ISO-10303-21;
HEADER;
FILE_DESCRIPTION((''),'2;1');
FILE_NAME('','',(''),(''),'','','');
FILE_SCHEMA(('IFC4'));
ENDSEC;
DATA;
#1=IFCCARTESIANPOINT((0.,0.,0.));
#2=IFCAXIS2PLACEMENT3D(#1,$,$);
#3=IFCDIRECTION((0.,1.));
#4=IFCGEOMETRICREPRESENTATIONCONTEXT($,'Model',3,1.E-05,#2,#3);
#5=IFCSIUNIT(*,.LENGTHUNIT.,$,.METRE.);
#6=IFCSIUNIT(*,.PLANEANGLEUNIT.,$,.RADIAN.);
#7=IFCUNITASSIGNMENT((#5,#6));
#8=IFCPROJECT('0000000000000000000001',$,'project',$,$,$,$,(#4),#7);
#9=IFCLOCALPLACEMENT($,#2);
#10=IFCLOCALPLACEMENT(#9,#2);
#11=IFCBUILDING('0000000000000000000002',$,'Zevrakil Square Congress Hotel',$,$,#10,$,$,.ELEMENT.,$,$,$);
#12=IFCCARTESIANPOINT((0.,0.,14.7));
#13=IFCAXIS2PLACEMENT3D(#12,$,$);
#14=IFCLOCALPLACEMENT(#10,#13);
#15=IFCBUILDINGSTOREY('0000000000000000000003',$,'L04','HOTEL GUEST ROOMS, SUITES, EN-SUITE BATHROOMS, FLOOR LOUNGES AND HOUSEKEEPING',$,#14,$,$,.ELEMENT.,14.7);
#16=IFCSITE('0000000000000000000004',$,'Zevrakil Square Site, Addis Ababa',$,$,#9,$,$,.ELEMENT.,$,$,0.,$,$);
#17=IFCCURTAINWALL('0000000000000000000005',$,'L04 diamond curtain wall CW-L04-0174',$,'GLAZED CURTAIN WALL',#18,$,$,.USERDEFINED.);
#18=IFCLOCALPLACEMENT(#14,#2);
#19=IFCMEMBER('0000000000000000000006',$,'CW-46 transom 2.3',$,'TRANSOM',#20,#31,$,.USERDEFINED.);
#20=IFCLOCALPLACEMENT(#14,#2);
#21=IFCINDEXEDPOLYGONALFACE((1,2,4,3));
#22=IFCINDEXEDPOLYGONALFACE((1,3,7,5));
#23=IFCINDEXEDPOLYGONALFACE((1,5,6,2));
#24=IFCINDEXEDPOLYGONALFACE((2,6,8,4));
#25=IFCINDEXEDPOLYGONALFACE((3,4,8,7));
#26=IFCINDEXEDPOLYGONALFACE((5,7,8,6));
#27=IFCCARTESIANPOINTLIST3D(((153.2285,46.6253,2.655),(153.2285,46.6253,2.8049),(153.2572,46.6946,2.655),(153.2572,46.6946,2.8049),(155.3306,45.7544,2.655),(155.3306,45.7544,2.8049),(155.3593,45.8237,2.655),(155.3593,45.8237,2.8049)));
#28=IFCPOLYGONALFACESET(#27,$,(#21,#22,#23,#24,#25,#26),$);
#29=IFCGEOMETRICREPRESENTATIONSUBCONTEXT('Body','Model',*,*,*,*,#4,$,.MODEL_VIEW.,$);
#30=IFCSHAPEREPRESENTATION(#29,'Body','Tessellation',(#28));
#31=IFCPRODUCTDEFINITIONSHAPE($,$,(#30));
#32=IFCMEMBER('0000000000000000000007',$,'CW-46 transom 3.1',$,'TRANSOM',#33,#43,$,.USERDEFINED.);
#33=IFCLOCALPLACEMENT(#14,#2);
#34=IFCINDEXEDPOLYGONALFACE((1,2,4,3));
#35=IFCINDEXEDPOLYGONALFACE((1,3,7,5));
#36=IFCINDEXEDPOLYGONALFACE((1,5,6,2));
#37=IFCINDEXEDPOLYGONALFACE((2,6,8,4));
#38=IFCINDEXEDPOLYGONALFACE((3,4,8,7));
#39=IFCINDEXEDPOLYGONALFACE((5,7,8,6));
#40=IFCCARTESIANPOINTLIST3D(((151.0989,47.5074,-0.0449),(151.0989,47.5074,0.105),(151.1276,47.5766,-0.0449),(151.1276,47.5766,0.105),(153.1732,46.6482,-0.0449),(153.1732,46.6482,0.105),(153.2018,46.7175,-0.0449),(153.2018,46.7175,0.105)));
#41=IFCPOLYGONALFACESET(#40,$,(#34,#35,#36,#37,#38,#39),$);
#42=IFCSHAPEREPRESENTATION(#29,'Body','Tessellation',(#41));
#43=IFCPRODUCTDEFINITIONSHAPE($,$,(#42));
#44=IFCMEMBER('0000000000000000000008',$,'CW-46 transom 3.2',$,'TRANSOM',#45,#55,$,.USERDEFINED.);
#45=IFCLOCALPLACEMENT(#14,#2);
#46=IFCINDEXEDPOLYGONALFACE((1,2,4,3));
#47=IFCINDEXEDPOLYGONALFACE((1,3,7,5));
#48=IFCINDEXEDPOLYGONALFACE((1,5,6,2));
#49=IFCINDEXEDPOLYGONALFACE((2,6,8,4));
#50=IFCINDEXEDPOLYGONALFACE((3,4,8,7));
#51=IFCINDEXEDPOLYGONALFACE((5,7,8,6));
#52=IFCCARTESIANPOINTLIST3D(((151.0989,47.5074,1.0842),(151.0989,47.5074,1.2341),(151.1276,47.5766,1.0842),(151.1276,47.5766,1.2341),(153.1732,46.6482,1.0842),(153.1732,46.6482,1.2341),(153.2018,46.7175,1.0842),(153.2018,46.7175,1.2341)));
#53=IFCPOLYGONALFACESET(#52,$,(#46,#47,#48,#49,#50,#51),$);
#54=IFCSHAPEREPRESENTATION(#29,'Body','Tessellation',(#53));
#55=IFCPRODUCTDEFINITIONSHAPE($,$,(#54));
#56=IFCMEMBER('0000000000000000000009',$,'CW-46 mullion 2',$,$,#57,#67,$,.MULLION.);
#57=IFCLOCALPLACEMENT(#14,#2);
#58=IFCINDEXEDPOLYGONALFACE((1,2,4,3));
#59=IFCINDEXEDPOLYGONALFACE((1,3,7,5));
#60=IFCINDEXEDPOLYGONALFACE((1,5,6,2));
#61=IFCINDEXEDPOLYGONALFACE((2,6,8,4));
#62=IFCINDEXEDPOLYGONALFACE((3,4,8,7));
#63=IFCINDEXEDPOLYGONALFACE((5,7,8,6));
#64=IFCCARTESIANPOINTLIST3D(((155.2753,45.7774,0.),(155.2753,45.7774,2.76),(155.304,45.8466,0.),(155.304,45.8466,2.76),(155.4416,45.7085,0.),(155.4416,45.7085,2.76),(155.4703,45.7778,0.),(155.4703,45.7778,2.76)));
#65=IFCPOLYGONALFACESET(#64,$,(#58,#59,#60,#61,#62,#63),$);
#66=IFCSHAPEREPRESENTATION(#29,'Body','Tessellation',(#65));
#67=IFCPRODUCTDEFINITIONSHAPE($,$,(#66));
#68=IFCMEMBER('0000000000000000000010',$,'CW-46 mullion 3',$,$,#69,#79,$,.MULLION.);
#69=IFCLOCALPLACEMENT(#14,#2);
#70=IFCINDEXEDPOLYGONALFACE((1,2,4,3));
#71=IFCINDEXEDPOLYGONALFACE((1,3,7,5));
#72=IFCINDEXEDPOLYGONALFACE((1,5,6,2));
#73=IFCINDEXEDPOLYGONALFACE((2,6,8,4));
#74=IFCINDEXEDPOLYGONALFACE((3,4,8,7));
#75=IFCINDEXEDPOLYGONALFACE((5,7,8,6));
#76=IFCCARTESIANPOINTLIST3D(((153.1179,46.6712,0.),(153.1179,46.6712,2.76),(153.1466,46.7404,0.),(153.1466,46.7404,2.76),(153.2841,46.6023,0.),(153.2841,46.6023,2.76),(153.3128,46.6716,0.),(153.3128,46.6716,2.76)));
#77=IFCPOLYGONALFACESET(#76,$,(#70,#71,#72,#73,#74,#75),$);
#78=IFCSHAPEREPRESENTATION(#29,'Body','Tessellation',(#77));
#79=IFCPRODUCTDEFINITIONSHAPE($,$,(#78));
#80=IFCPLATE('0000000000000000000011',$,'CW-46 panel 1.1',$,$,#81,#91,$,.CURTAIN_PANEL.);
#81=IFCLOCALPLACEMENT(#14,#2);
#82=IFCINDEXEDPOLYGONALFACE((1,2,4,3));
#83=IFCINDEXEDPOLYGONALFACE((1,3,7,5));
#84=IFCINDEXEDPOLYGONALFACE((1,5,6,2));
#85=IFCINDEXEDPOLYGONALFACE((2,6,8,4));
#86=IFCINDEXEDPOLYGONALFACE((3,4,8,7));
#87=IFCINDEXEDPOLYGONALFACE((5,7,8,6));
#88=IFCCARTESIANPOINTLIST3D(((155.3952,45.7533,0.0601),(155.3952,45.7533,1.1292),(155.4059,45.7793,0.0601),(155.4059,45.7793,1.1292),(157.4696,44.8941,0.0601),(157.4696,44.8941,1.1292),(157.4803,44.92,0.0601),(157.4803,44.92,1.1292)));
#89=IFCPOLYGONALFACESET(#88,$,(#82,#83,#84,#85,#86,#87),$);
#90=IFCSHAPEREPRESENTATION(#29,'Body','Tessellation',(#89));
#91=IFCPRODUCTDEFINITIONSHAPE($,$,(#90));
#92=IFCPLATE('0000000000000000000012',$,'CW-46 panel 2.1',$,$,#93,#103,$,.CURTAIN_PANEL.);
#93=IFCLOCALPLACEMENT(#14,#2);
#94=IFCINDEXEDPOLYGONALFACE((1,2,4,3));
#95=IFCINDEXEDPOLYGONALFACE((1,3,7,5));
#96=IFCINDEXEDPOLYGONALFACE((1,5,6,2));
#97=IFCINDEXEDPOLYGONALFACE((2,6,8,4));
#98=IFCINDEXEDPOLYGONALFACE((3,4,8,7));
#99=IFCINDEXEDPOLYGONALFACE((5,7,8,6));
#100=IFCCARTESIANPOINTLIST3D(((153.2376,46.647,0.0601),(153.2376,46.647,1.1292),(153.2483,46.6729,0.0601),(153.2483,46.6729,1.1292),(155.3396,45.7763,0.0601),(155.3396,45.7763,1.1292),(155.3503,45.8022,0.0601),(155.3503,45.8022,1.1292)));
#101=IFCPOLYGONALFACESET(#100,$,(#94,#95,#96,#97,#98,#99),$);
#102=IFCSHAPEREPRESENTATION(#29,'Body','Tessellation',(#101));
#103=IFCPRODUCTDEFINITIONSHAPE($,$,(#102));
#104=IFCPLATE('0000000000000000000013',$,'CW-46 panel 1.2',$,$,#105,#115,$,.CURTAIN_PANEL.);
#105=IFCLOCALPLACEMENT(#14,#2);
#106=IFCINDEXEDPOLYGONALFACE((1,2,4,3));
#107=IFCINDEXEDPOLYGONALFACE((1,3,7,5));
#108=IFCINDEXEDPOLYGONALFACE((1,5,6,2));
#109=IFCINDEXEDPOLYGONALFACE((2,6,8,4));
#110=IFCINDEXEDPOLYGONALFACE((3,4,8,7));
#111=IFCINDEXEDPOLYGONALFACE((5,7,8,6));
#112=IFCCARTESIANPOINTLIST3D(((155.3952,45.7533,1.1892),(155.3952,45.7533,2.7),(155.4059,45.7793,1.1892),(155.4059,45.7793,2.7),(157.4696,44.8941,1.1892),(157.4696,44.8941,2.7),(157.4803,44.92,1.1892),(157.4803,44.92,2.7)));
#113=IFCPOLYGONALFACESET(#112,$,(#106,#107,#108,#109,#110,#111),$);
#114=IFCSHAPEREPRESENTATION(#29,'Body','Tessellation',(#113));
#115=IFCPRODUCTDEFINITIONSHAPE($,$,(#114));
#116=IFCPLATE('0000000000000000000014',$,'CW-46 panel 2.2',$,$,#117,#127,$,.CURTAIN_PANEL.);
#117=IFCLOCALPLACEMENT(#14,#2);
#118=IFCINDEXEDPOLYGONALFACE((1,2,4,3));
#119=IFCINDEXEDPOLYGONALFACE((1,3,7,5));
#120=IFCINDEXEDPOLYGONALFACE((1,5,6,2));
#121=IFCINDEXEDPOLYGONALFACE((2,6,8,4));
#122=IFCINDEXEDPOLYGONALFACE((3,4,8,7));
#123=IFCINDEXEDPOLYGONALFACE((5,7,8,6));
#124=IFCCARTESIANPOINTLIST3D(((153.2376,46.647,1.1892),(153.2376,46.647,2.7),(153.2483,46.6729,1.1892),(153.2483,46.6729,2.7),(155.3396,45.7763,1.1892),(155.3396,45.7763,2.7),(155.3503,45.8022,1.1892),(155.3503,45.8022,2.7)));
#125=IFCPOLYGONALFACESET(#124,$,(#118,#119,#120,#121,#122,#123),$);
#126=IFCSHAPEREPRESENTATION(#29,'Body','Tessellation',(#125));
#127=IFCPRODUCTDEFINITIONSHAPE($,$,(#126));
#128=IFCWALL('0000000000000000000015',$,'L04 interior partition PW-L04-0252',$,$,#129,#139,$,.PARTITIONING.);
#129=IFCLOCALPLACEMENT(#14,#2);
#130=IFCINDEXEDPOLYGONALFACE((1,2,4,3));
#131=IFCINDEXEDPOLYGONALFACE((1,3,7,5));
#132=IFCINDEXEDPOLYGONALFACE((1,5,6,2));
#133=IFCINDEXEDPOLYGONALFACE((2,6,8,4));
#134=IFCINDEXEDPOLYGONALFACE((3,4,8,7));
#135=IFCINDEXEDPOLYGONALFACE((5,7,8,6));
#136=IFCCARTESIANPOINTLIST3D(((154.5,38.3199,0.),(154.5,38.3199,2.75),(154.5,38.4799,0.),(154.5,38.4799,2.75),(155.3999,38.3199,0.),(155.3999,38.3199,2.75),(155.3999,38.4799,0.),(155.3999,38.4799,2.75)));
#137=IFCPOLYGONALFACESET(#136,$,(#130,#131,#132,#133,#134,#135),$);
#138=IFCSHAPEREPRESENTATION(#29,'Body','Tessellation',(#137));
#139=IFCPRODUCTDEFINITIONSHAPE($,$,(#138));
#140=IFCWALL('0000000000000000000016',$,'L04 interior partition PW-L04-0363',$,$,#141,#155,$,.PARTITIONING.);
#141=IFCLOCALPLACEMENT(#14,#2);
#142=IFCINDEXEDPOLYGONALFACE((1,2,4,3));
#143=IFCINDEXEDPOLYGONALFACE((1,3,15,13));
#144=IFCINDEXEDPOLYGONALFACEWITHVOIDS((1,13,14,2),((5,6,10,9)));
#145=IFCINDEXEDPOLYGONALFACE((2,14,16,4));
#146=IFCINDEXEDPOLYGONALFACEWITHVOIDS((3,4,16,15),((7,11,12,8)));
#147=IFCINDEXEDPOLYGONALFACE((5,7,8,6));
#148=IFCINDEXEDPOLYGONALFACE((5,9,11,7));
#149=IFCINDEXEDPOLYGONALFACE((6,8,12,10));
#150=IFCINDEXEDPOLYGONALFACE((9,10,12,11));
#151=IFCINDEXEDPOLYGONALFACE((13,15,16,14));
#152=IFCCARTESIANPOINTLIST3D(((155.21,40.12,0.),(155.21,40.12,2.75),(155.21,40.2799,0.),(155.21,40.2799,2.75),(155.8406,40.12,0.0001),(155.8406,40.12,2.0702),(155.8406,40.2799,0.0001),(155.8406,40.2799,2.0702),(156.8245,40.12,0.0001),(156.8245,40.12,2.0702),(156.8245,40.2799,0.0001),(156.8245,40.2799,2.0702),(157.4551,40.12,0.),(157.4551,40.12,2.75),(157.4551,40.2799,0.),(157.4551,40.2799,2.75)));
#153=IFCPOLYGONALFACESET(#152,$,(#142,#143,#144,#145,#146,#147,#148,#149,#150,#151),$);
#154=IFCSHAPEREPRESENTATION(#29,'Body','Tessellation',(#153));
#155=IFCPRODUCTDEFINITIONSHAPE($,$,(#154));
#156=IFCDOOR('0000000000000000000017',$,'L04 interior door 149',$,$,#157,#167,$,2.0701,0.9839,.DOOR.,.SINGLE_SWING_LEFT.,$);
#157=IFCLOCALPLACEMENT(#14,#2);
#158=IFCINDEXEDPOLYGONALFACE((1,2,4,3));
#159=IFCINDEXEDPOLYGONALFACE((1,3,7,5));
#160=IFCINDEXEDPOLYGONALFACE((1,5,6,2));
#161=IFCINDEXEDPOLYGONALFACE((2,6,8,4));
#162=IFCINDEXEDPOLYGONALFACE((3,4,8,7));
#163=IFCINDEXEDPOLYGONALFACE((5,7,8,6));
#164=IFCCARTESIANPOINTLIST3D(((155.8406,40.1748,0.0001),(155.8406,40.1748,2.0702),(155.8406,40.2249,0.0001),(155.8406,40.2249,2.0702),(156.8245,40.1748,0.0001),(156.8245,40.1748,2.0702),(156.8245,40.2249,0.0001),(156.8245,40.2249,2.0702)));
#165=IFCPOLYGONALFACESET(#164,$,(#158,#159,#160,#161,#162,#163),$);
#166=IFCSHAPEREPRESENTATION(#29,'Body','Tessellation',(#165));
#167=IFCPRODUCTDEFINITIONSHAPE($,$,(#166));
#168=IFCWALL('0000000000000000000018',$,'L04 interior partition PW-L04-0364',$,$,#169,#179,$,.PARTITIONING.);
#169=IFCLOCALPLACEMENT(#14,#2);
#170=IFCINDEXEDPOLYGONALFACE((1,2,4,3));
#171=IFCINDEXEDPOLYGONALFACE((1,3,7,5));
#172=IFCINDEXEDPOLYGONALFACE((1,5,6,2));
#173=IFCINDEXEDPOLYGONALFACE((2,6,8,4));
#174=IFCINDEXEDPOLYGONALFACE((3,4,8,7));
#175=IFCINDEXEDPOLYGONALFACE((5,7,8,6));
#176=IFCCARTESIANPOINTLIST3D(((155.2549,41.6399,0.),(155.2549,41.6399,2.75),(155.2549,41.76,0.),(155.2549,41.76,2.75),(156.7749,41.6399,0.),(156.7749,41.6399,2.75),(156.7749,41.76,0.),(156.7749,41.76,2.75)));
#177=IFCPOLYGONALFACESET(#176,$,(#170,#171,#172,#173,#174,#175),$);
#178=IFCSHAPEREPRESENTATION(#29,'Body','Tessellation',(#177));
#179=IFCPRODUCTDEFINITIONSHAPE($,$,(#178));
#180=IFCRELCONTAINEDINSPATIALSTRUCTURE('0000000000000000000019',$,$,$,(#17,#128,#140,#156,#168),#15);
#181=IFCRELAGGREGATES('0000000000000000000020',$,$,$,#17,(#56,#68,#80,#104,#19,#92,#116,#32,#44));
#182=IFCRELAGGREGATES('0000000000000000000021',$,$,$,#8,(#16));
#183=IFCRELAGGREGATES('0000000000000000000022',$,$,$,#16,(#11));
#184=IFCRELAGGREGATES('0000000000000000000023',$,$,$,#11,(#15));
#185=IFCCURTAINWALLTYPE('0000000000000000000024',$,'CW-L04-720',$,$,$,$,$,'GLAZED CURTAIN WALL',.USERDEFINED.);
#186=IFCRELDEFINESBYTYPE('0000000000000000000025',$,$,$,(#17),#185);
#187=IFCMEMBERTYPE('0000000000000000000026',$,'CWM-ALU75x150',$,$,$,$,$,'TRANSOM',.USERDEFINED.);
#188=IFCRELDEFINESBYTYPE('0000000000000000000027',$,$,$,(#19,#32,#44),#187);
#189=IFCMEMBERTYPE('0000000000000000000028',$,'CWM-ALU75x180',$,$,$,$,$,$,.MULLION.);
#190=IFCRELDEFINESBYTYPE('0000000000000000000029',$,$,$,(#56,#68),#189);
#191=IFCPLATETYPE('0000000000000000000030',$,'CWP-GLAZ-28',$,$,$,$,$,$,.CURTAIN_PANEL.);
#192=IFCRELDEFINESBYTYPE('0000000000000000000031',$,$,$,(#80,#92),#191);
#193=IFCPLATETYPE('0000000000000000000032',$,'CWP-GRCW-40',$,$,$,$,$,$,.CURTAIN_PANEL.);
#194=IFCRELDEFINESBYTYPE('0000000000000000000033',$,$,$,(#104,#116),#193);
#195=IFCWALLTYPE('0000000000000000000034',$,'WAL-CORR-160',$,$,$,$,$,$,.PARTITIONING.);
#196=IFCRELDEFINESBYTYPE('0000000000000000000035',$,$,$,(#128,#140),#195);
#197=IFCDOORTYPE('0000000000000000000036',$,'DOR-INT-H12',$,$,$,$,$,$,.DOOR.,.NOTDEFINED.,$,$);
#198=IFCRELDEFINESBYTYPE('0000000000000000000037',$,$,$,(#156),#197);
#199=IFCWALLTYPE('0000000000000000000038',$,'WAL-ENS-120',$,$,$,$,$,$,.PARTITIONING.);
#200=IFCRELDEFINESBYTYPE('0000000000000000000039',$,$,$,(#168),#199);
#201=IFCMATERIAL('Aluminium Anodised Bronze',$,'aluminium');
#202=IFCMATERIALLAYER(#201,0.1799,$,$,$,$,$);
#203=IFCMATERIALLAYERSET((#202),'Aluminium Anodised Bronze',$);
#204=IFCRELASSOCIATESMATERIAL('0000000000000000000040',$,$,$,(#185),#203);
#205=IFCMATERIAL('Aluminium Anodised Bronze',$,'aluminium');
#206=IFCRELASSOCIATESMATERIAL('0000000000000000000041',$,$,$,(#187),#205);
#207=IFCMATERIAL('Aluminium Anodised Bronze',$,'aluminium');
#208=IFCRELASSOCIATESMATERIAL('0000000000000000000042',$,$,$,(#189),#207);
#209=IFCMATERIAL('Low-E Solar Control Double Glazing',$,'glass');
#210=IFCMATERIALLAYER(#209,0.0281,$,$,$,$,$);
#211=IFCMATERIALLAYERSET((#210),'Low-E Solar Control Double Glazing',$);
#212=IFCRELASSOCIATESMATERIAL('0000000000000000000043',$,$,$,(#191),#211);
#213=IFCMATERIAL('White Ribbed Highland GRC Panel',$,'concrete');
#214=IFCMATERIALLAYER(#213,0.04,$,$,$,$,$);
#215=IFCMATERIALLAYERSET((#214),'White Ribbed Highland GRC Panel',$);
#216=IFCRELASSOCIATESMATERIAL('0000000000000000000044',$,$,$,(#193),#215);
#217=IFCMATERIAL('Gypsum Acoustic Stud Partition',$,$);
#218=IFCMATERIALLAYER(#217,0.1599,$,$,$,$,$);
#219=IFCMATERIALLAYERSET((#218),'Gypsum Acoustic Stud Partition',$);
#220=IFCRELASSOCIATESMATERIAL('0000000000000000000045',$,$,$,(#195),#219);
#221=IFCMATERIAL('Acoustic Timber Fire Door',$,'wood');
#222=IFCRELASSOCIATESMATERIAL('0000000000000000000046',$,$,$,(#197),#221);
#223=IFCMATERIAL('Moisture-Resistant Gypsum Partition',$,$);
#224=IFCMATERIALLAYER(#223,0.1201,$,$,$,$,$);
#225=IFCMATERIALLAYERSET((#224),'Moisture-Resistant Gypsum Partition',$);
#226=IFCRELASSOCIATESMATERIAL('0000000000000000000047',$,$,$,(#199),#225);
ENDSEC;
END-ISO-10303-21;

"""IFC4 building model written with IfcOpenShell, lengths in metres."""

from ifc_helpers import new_model, si_unit, direction, frame, frame_2d, origin, origin_2d, place, context, subcontext, project, spatial, rectangle, extrude, material, layer, layer_set, material_profile, profile_set, type_object, element, fill, aggregate, save


model = new_model("IFC4")

# Units and contexts
model_context = context("Model", 3, precision=1e-05, world=origin(), true_north=direction((0.0, 1.0)))
body_context = subcontext(model_context, "Body", "Model", "MODEL_VIEW")
ifc_project = project(units=[si_unit("LENGTHUNIT", "METRE"), si_unit("PLANEANGLEUNIT", "RADIAN")], contexts=[model_context])

# Site, building, storey
site_placement = place(None, origin())
site = spatial("IfcSite", under=ifc_project, at=site_placement, Name="Zevrakil Square Site, Addis Ababa", CompositionType="ELEMENT", RefElevation=0.0)
building_placement = place(site_placement, origin())
building = spatial("IfcBuilding", under=site, at=building_placement, Name="Zevrakil Square Congress Hotel", CompositionType="ELEMENT")
storey_placement = place(building_placement, frame((0.0, 0.0, 14.7)))
storey = spatial("IfcBuildingStorey", under=building, at=storey_placement, Name="L04", Description="HOTEL GUEST ROOMS, SUITES, EN-SUITE BATHROOMS, FLOOR LOUNGES AND HOUSEKEEPING", CompositionType="ELEMENT", Elevation=14.7)

# Curtain wall, members, plates
ifc_material_1 = material(Name="Aluminium Anodised Bronze", Category="aluminium")
ifc_layer_1 = layer(ifc_material_1, 0.1799)
ifc_layer_set_1 = layer_set([ifc_layer_1], Name="Aluminium Anodised Bronze")
curtain_wall_type = type_object("IfcCurtainWallType", Name="CW-L04-720", ElementType="GLAZED CURTAIN WALL", PredefinedType="USERDEFINED", material=ifc_layer_set_1)
curtain_wall_placement = place(storey_placement, origin())
curtain_wall = element("IfcCurtainWall", 1, at=curtain_wall_placement, inside=storey, type_object=curtain_wall_type, Name="L04 diamond curtain wall CW-L04-0174", ObjectType="GLAZED CURTAIN WALL", PredefinedType="USERDEFINED")
ifc_material_2 = material(Name="Aluminium Anodised Bronze", Category="aluminium")
ifc_material_profile_1 = material_profile(ifc_material_2, rectangle(XDim=0.075, YDim=0.1499, at=origin_2d()), Name="ALU 75x150")
ifc_profile_set_1 = profile_set([ifc_material_profile_1], Name="Aluminium Anodised Bronze")
member_type_1 = type_object("IfcMemberType", Name="CWM-ALU75x150", ElementType="TRANSOM", PredefinedType="USERDEFINED", material=ifc_profile_set_1)
member_1_placement = place(storey_placement, frame((155.345, 45.7891, 2.73), z_axis=(-0.923856, 0.38274, 0.0), x_axis=(-0.38274, -0.923856, 0.0)))
member_1 = element("IfcMember", 2, at=member_1_placement, type_object=member_type_1, Name="CW-46 transom 2.3", ObjectType="TRANSOM", PredefinedType="USERDEFINED", context=body_context, shape_type="SweptSolid", body=[
    extrude(rectangle(XDim=0.075, YDim=0.1499, at=origin_2d()), origin(), (0.0, 0.0, 1.0), 2.2754),
])
member_2_placement = place(storey_placement, frame((153.1875, 46.6829, 0.03), z_axis=(-0.923886, 0.382669, 0.0), x_axis=(-0.382669, -0.923886, 0.0)))
member_2 = element("IfcMember", 3, at=member_2_placement, type_object=member_type_1, Name="CW-46 transom 3.1", ObjectType="TRANSOM", PredefinedType="USERDEFINED", context=body_context, shape_type="SweptSolid", body=[
    extrude(rectangle(XDim=0.075, YDim=0.1499, at=origin_2d()), origin(), (0.0, 0.0, 1.0), 2.2451),
])
member_3_placement = place(storey_placement, frame((153.1875, 46.6829, 1.1592), z_axis=(-0.923886, 0.382669, 0.0), x_axis=(-0.382669, -0.923886, 0.0)))
member_3 = element("IfcMember", 4, at=member_3_placement, type_object=member_type_1, Name="CW-46 transom 3.2", ObjectType="TRANSOM", PredefinedType="USERDEFINED", context=body_context, shape_type="SweptSolid", body=[
    extrude(rectangle(XDim=0.075, YDim=0.1499, at=origin_2d()), origin(), (0.0, 0.0, 1.0), 2.2451),
])
ifc_material_3 = material(Name="Aluminium Anodised Bronze", Category="aluminium")
ifc_material_profile_2 = material_profile(ifc_material_3, rectangle(XDim=0.075, YDim=0.1799, at=origin_2d()), Name="ALU 75x180")
ifc_profile_set_2 = profile_set([ifc_material_profile_2], Name="Aluminium Anodised Bronze")
member_type_2 = type_object("IfcMemberType", Name="CWM-ALU75x180", PredefinedType="MULLION", material=ifc_profile_set_2)
member_4_placement = place(storey_placement, frame((155.3728, 45.7776, 0.0), z_axis=(0.0, 0.0, 1.0), x_axis=(-0.382684, -0.923879, 0.0)))
member_4 = element("IfcMember", 5, at=member_4_placement, type_object=member_type_2, Name="CW-46 mullion 2", PredefinedType="MULLION", context=body_context, shape_type="SweptSolid", body=[
    extrude(rectangle(XDim=0.075, YDim=0.1799, at=origin_2d()), origin(), (0.0, 0.0, 1.0), 2.76),
])
member_5_placement = place(storey_placement, frame((153.2153, 46.6714, 0.0), z_axis=(0.0, 0.0, 1.0), x_axis=(-0.382684, -0.923879, 0.0)))
member_5 = element("IfcMember", 6, at=member_5_placement, type_object=member_type_2, Name="CW-46 mullion 3", PredefinedType="MULLION", context=body_context, shape_type="SweptSolid", body=[
    extrude(rectangle(XDim=0.075, YDim=0.1799, at=origin_2d()), origin(), (0.0, 0.0, 1.0), 2.76),
])
ifc_material_4 = material(Name="Low-E Solar Control Double Glazing", Category="glass")
ifc_layer_2 = layer(ifc_material_4, 0.0281)
ifc_layer_set_2 = layer_set([ifc_layer_2], Name="Low-E Solar Control Double Glazing")
plate_type_1 = type_object("IfcPlateType", Name="CWP-GLAZ-28", PredefinedType="CURTAIN_PANEL", material=ifc_layer_set_2)
plate_1_placement = place(storey_placement, frame((156.4377, 45.3367, 0.0601), z_axis=(0.0, 0.0, 1.0), x_axis=(-0.923879, 0.382684, 0.0)))
plate_1 = element("IfcPlate", 7, at=plate_1_placement, type_object=plate_type_1, Name="CW-46 panel 1.1", PredefinedType="CURTAIN_PANEL", context=body_context, shape_type="SweptSolid", body=[
    extrude(rectangle(XDim=2.2454, YDim=0.0281, at=origin_2d()), origin(), (0.0, 0.0, 1.0), 1.0691),
])
plate_2_placement = place(storey_placement, frame((154.2939, 46.2246, 0.0601), z_axis=(0.0, 0.0, 1.0), x_axis=(-0.923879, 0.382684, 0.0)))
plate_2 = element("IfcPlate", 8, at=plate_2_placement, type_object=plate_type_1, Name="CW-46 panel 2.1", PredefinedType="CURTAIN_PANEL", context=body_context, shape_type="SweptSolid", body=[
    extrude(rectangle(XDim=2.2751, YDim=0.0281, at=origin_2d()), origin(), (0.0, 0.0, 1.0), 1.0691),
])
ifc_material_5 = material(Name="White Ribbed Highland GRC Panel", Category="concrete")
ifc_layer_3 = layer(ifc_material_5, 0.04)
ifc_layer_set_3 = layer_set([ifc_layer_3], Name="White Ribbed Highland GRC Panel")
plate_type_2 = type_object("IfcPlateType", Name="CWP-GRCW-40", PredefinedType="CURTAIN_PANEL", material=ifc_layer_set_3)
plate_3_placement = place(storey_placement, frame((156.4377, 45.3367, 1.1892), z_axis=(0.0, 0.0, 1.0), x_axis=(-0.923879, 0.382684, 0.0)))
plate_3 = element("IfcPlate", 9, at=plate_3_placement, type_object=plate_type_2, Name="CW-46 panel 1.2", PredefinedType="CURTAIN_PANEL", context=body_context, shape_type="SweptSolid", body=[
    extrude(rectangle(XDim=2.2454, YDim=0.0281, at=origin_2d()), origin(), (0.0, 0.0, 1.0), 1.5107),
])
plate_4_placement = place(storey_placement, frame((154.2939, 46.2246, 1.1892), z_axis=(0.0, 0.0, 1.0), x_axis=(-0.923879, 0.382684, 0.0)))
plate_4 = element("IfcPlate", 10, at=plate_4_placement, type_object=plate_type_2, Name="CW-46 panel 2.2", PredefinedType="CURTAIN_PANEL", context=body_context, shape_type="SweptSolid", body=[
    extrude(rectangle(XDim=2.2751, YDim=0.0281, at=origin_2d()), origin(), (0.0, 0.0, 1.0), 1.5107),
])
aggregate(curtain_wall, [member_4, member_5, plate_1, plate_3, member_1, plate_2, plate_4, member_2, member_3])

# Wall
ifc_material_6 = material(Name="Gypsum Acoustic Stud Partition")
ifc_layer_4 = layer(ifc_material_6, 0.1599)
ifc_layer_set_4 = layer_set([ifc_layer_4], Name="Gypsum Acoustic Stud Partition")
wall_type_1 = type_object("IfcWallType", Name="WAL-CORR-160", PredefinedType="PARTITIONING", material=ifc_layer_set_4)
wall_1_placement = place(storey_placement, frame((154.5, 38.3999, 0.0), z_axis=(0.0, 0.0, 1.0), x_axis=(1.0, 0.0, 0.0)))
element("IfcWall", 11, at=wall_1_placement, inside=storey, type_object=wall_type_1, Name="L04 interior partition PW-L04-0252", PredefinedType="PARTITIONING", context=body_context, shape_type="SweptSolid", body=[
    extrude(rectangle(XDim=0.8999, YDim=0.1599, at=frame_2d((0.45, 0.0))), origin(), (0.0, 0.0, 1.0), 2.75),
])

# Wall, opening, door
wall_2_placement = place(storey_placement, frame((155.21, 40.2, 0.0), z_axis=(0.0, 0.0, 1.0), x_axis=(1.0, 0.0, 0.0)))
wall_2 = element("IfcWall", 12, at=wall_2_placement, inside=storey, type_object=wall_type_1, Name="L04 interior partition PW-L04-0363", PredefinedType="PARTITIONING", context=body_context, shape_type="SweptSolid", body=[
    extrude(rectangle(XDim=2.2451, YDim=0.1599, at=frame_2d((1.1226, 0.0))), origin(), (0.0, 0.0, 1.0), 2.75),
])
opening_1_placement = place(wall_2_placement, frame((0.6306, 0.0, 0.0)))
opening_1 = element("IfcOpeningElement", 13, at=opening_1_placement, cuts=wall_2, PredefinedType="OPENING", context=body_context, shape_type="SweptSolid", body=[
    extrude(rectangle(XDim=0.9839, YDim=2.0701, at=frame_2d((0.4919, 1.0352))), frame((0.0, 0.0898, 0.0), z_axis=(0.0, -1.0, 0.0), x_axis=(1.0, 0.0, 0.0)), (0.0, 0.0, 1.0), 0.1799),
])
ifc_material_7 = material(Name="Acoustic Timber Fire Door", Category="wood")
door_type_1 = type_object("IfcDoorType", Name="DOR-INT-H12", OperationType="NOTDEFINED", PredefinedType="DOOR", material=ifc_material_7)
door_1_placement = place(opening_1_placement, origin())
door_1 = element("IfcDoor", 14, at=door_1_placement, inside=storey, type_object=door_type_1, Name="L04 interior door 149", OperationType="SINGLE_SWING_LEFT", OverallHeight=2.0701, OverallWidth=0.9839, PredefinedType="DOOR", context=body_context, shape_type="SweptSolid", body=[
    extrude(rectangle(XDim=0.9839, YDim=2.0701, at=frame_2d((0.4919, 1.0352))), frame((0.0, 0.0249, 0.0), z_axis=(0.0, -1.0, 0.0), x_axis=(1.0, 0.0, 0.0)), (0.0, 0.0, 1.0), 0.05),
])
fill(opening_1, door_1)

# Wall
ifc_material_8 = material(Name="Moisture-Resistant Gypsum Partition")
ifc_layer_5 = layer(ifc_material_8, 0.1201)
ifc_layer_set_5 = layer_set([ifc_layer_5], Name="Moisture-Resistant Gypsum Partition")
wall_type_2 = type_object("IfcWallType", Name="WAL-ENS-120", PredefinedType="PARTITIONING", material=ifc_layer_set_5)
wall_3_placement = place(storey_placement, frame((155.2549, 41.7, 0.0), z_axis=(0.0, 0.0, 1.0), x_axis=(1.0, 0.0, 0.0)))
element("IfcWall", 15, at=wall_3_placement, inside=storey, type_object=wall_type_2, Name="L04 interior partition PW-L04-0364", PredefinedType="PARTITIONING", context=body_context, shape_type="SweptSolid", body=[
    extrude(rectangle(XDim=1.52, YDim=0.1201, at=frame_2d((0.76, 0.0))), origin(), (0.0, 0.0, 1.0), 2.75),
])

save(model, "model.ifc")
